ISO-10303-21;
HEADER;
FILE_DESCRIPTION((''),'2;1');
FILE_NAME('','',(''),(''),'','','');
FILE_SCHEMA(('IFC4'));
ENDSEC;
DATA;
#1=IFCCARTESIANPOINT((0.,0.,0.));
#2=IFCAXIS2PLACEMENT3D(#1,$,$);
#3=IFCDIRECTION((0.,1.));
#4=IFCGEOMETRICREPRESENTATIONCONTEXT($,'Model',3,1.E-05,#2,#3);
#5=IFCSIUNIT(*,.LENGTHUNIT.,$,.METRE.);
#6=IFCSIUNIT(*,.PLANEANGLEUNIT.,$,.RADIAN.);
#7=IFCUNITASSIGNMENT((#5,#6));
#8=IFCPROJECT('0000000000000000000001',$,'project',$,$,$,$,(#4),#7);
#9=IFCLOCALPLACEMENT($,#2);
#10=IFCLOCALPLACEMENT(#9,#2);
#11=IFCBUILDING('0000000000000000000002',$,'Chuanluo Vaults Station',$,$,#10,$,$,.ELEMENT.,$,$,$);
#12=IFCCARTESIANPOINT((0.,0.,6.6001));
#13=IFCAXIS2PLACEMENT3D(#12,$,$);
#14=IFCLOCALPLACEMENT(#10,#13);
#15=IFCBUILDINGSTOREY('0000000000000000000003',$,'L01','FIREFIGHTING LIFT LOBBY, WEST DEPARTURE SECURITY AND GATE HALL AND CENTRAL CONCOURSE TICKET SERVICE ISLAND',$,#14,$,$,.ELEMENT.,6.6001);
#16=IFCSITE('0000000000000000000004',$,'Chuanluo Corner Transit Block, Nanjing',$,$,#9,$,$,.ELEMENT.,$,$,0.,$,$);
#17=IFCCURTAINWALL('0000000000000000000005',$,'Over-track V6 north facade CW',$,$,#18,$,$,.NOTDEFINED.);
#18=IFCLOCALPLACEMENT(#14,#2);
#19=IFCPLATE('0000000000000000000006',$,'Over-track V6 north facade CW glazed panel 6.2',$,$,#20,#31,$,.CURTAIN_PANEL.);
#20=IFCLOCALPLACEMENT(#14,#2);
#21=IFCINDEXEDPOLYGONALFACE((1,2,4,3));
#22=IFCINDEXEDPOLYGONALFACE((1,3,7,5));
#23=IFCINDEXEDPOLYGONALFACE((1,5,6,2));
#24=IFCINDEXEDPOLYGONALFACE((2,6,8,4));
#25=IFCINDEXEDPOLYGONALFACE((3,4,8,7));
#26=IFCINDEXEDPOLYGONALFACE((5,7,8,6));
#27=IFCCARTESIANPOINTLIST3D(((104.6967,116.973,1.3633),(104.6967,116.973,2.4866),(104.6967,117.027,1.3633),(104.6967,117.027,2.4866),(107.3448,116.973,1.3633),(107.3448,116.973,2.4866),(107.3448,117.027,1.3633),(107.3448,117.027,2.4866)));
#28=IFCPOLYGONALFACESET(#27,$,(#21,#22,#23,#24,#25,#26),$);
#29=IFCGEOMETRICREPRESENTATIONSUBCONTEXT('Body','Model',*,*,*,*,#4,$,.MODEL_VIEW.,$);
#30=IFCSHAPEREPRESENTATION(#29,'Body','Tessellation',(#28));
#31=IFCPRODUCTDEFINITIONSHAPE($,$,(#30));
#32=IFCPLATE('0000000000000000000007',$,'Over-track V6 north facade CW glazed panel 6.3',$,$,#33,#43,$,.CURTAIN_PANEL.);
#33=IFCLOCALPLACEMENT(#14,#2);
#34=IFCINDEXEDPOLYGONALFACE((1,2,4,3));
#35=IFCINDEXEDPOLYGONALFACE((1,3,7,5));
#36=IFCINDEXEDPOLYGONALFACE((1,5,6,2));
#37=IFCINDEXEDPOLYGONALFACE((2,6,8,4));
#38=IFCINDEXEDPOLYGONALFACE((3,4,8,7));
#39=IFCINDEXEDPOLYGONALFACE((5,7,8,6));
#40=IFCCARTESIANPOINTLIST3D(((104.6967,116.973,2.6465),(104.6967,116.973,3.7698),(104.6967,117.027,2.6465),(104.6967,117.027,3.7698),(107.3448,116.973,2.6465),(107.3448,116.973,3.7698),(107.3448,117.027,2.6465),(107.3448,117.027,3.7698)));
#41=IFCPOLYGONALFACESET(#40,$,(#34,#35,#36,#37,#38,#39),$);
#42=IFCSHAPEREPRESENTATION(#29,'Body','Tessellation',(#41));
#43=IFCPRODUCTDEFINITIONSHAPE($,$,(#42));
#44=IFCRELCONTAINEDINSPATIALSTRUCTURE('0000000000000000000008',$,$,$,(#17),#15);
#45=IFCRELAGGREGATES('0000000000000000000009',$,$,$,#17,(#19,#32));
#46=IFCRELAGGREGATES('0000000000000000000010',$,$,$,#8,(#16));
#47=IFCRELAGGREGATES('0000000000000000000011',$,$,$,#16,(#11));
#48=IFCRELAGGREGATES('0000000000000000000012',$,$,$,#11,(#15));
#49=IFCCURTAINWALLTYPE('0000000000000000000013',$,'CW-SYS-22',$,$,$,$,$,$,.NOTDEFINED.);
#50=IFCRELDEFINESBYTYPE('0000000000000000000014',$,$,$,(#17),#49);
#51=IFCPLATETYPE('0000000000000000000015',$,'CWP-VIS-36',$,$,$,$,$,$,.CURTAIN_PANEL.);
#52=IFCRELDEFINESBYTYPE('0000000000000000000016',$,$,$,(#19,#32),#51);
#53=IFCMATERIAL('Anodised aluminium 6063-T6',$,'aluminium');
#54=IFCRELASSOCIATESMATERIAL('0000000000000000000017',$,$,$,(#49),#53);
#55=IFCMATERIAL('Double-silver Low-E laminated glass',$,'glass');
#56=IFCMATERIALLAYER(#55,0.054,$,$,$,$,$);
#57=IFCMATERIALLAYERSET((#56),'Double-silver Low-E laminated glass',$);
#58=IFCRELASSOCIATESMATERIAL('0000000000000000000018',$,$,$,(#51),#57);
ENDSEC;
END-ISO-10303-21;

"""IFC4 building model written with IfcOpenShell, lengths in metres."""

from ifc_helpers import new_model, si_unit, direction, frame, origin, origin_2d, place, context, subcontext, project, spatial, rectangle, extrude, material, layer, layer_set, type_object, element, aggregate, save


model = new_model("IFC4")

# Units and contexts
model_context = context("Model", 3, precision=1e-05, world=origin(), true_north=direction((0.0, 1.0)))
body_context = subcontext(model_context, "Body", "Model", "MODEL_VIEW")
ifc_project = project(units=[si_unit("LENGTHUNIT", "METRE"), si_unit("PLANEANGLEUNIT", "RADIAN")], contexts=[model_context])

# Site, building, storey
site_placement = place(None, origin())
site = spatial("IfcSite", under=ifc_project, at=site_placement, Name="Chuanluo Corner Transit Block, Nanjing", CompositionType="ELEMENT", RefElevation=0.0)
building_placement = place(site_placement, origin())
building = spatial("IfcBuilding", under=site, at=building_placement, Name="Chuanluo Vaults Station", CompositionType="ELEMENT")
storey_placement = place(building_placement, frame((0.0, 0.0, 6.6001)))
storey = spatial("IfcBuildingStorey", under=building, at=storey_placement, Name="L01", Description="FIREFIGHTING LIFT LOBBY, WEST DEPARTURE SECURITY AND GATE HALL AND CENTRAL CONCOURSE TICKET SERVICE ISLAND", CompositionType="ELEMENT", Elevation=6.6001)

# Curtain wall, plates
ifc_material_1 = material(Name="Anodised aluminium 6063-T6", Category="aluminium")
curtain_wall_type = type_object("IfcCurtainWallType", Name="CW-SYS-22", PredefinedType="NOTDEFINED", material=ifc_material_1)
curtain_wall_placement = place(storey_placement, origin())
curtain_wall = element("IfcCurtainWall", 1, at=curtain_wall_placement, inside=storey, type_object=curtain_wall_type, Name="Over-track V6 north facade CW", PredefinedType="NOTDEFINED")
ifc_material_2 = material(Name="Double-silver Low-E laminated glass", Category="glass")
ifc_layer_1 = layer(ifc_material_2, 0.054)
ifc_layer_set_1 = layer_set([ifc_layer_1], Name="Double-silver Low-E laminated glass")
plate_type_1 = type_object("IfcPlateType", Name="CWP-VIS-36", PredefinedType="CURTAIN_PANEL", material=ifc_layer_set_1)
plate_1_placement = place(storey_placement, frame((106.0208, 117.0, 1.3633), z_axis=(0.0, 0.0, 1.0), x_axis=(1.0, 0.0, 0.0)))
plate_1 = element("IfcPlate", 2, at=plate_1_placement, type_object=plate_type_1, Name="Over-track V6 north facade CW glazed panel 6.2", PredefinedType="CURTAIN_PANEL", context=body_context, shape_type="SweptSolid", body=[
    extrude(rectangle(XDim=2.6482, YDim=0.054, at=origin_2d()), origin(), (0.0, 0.0, 1.0), 1.1233),
])
plate_2_placement = place(storey_placement, frame((106.0208, 117.0, 2.6465), z_axis=(0.0, 0.0, 1.0), x_axis=(1.0, 0.0, 0.0)))
plate_2 = element("IfcPlate", 3, at=plate_2_placement, type_object=plate_type_1, Name="Over-track V6 north facade CW glazed panel 6.3", PredefinedType="CURTAIN_PANEL", context=body_context, shape_type="SweptSolid", body=[
    extrude(rectangle(XDim=2.6482, YDim=0.054, at=origin_2d()), origin(), (0.0, 0.0, 1.0), 1.1233),
])
aggregate(curtain_wall, [plate_1, plate_2])

save(model, "model.ifc")
